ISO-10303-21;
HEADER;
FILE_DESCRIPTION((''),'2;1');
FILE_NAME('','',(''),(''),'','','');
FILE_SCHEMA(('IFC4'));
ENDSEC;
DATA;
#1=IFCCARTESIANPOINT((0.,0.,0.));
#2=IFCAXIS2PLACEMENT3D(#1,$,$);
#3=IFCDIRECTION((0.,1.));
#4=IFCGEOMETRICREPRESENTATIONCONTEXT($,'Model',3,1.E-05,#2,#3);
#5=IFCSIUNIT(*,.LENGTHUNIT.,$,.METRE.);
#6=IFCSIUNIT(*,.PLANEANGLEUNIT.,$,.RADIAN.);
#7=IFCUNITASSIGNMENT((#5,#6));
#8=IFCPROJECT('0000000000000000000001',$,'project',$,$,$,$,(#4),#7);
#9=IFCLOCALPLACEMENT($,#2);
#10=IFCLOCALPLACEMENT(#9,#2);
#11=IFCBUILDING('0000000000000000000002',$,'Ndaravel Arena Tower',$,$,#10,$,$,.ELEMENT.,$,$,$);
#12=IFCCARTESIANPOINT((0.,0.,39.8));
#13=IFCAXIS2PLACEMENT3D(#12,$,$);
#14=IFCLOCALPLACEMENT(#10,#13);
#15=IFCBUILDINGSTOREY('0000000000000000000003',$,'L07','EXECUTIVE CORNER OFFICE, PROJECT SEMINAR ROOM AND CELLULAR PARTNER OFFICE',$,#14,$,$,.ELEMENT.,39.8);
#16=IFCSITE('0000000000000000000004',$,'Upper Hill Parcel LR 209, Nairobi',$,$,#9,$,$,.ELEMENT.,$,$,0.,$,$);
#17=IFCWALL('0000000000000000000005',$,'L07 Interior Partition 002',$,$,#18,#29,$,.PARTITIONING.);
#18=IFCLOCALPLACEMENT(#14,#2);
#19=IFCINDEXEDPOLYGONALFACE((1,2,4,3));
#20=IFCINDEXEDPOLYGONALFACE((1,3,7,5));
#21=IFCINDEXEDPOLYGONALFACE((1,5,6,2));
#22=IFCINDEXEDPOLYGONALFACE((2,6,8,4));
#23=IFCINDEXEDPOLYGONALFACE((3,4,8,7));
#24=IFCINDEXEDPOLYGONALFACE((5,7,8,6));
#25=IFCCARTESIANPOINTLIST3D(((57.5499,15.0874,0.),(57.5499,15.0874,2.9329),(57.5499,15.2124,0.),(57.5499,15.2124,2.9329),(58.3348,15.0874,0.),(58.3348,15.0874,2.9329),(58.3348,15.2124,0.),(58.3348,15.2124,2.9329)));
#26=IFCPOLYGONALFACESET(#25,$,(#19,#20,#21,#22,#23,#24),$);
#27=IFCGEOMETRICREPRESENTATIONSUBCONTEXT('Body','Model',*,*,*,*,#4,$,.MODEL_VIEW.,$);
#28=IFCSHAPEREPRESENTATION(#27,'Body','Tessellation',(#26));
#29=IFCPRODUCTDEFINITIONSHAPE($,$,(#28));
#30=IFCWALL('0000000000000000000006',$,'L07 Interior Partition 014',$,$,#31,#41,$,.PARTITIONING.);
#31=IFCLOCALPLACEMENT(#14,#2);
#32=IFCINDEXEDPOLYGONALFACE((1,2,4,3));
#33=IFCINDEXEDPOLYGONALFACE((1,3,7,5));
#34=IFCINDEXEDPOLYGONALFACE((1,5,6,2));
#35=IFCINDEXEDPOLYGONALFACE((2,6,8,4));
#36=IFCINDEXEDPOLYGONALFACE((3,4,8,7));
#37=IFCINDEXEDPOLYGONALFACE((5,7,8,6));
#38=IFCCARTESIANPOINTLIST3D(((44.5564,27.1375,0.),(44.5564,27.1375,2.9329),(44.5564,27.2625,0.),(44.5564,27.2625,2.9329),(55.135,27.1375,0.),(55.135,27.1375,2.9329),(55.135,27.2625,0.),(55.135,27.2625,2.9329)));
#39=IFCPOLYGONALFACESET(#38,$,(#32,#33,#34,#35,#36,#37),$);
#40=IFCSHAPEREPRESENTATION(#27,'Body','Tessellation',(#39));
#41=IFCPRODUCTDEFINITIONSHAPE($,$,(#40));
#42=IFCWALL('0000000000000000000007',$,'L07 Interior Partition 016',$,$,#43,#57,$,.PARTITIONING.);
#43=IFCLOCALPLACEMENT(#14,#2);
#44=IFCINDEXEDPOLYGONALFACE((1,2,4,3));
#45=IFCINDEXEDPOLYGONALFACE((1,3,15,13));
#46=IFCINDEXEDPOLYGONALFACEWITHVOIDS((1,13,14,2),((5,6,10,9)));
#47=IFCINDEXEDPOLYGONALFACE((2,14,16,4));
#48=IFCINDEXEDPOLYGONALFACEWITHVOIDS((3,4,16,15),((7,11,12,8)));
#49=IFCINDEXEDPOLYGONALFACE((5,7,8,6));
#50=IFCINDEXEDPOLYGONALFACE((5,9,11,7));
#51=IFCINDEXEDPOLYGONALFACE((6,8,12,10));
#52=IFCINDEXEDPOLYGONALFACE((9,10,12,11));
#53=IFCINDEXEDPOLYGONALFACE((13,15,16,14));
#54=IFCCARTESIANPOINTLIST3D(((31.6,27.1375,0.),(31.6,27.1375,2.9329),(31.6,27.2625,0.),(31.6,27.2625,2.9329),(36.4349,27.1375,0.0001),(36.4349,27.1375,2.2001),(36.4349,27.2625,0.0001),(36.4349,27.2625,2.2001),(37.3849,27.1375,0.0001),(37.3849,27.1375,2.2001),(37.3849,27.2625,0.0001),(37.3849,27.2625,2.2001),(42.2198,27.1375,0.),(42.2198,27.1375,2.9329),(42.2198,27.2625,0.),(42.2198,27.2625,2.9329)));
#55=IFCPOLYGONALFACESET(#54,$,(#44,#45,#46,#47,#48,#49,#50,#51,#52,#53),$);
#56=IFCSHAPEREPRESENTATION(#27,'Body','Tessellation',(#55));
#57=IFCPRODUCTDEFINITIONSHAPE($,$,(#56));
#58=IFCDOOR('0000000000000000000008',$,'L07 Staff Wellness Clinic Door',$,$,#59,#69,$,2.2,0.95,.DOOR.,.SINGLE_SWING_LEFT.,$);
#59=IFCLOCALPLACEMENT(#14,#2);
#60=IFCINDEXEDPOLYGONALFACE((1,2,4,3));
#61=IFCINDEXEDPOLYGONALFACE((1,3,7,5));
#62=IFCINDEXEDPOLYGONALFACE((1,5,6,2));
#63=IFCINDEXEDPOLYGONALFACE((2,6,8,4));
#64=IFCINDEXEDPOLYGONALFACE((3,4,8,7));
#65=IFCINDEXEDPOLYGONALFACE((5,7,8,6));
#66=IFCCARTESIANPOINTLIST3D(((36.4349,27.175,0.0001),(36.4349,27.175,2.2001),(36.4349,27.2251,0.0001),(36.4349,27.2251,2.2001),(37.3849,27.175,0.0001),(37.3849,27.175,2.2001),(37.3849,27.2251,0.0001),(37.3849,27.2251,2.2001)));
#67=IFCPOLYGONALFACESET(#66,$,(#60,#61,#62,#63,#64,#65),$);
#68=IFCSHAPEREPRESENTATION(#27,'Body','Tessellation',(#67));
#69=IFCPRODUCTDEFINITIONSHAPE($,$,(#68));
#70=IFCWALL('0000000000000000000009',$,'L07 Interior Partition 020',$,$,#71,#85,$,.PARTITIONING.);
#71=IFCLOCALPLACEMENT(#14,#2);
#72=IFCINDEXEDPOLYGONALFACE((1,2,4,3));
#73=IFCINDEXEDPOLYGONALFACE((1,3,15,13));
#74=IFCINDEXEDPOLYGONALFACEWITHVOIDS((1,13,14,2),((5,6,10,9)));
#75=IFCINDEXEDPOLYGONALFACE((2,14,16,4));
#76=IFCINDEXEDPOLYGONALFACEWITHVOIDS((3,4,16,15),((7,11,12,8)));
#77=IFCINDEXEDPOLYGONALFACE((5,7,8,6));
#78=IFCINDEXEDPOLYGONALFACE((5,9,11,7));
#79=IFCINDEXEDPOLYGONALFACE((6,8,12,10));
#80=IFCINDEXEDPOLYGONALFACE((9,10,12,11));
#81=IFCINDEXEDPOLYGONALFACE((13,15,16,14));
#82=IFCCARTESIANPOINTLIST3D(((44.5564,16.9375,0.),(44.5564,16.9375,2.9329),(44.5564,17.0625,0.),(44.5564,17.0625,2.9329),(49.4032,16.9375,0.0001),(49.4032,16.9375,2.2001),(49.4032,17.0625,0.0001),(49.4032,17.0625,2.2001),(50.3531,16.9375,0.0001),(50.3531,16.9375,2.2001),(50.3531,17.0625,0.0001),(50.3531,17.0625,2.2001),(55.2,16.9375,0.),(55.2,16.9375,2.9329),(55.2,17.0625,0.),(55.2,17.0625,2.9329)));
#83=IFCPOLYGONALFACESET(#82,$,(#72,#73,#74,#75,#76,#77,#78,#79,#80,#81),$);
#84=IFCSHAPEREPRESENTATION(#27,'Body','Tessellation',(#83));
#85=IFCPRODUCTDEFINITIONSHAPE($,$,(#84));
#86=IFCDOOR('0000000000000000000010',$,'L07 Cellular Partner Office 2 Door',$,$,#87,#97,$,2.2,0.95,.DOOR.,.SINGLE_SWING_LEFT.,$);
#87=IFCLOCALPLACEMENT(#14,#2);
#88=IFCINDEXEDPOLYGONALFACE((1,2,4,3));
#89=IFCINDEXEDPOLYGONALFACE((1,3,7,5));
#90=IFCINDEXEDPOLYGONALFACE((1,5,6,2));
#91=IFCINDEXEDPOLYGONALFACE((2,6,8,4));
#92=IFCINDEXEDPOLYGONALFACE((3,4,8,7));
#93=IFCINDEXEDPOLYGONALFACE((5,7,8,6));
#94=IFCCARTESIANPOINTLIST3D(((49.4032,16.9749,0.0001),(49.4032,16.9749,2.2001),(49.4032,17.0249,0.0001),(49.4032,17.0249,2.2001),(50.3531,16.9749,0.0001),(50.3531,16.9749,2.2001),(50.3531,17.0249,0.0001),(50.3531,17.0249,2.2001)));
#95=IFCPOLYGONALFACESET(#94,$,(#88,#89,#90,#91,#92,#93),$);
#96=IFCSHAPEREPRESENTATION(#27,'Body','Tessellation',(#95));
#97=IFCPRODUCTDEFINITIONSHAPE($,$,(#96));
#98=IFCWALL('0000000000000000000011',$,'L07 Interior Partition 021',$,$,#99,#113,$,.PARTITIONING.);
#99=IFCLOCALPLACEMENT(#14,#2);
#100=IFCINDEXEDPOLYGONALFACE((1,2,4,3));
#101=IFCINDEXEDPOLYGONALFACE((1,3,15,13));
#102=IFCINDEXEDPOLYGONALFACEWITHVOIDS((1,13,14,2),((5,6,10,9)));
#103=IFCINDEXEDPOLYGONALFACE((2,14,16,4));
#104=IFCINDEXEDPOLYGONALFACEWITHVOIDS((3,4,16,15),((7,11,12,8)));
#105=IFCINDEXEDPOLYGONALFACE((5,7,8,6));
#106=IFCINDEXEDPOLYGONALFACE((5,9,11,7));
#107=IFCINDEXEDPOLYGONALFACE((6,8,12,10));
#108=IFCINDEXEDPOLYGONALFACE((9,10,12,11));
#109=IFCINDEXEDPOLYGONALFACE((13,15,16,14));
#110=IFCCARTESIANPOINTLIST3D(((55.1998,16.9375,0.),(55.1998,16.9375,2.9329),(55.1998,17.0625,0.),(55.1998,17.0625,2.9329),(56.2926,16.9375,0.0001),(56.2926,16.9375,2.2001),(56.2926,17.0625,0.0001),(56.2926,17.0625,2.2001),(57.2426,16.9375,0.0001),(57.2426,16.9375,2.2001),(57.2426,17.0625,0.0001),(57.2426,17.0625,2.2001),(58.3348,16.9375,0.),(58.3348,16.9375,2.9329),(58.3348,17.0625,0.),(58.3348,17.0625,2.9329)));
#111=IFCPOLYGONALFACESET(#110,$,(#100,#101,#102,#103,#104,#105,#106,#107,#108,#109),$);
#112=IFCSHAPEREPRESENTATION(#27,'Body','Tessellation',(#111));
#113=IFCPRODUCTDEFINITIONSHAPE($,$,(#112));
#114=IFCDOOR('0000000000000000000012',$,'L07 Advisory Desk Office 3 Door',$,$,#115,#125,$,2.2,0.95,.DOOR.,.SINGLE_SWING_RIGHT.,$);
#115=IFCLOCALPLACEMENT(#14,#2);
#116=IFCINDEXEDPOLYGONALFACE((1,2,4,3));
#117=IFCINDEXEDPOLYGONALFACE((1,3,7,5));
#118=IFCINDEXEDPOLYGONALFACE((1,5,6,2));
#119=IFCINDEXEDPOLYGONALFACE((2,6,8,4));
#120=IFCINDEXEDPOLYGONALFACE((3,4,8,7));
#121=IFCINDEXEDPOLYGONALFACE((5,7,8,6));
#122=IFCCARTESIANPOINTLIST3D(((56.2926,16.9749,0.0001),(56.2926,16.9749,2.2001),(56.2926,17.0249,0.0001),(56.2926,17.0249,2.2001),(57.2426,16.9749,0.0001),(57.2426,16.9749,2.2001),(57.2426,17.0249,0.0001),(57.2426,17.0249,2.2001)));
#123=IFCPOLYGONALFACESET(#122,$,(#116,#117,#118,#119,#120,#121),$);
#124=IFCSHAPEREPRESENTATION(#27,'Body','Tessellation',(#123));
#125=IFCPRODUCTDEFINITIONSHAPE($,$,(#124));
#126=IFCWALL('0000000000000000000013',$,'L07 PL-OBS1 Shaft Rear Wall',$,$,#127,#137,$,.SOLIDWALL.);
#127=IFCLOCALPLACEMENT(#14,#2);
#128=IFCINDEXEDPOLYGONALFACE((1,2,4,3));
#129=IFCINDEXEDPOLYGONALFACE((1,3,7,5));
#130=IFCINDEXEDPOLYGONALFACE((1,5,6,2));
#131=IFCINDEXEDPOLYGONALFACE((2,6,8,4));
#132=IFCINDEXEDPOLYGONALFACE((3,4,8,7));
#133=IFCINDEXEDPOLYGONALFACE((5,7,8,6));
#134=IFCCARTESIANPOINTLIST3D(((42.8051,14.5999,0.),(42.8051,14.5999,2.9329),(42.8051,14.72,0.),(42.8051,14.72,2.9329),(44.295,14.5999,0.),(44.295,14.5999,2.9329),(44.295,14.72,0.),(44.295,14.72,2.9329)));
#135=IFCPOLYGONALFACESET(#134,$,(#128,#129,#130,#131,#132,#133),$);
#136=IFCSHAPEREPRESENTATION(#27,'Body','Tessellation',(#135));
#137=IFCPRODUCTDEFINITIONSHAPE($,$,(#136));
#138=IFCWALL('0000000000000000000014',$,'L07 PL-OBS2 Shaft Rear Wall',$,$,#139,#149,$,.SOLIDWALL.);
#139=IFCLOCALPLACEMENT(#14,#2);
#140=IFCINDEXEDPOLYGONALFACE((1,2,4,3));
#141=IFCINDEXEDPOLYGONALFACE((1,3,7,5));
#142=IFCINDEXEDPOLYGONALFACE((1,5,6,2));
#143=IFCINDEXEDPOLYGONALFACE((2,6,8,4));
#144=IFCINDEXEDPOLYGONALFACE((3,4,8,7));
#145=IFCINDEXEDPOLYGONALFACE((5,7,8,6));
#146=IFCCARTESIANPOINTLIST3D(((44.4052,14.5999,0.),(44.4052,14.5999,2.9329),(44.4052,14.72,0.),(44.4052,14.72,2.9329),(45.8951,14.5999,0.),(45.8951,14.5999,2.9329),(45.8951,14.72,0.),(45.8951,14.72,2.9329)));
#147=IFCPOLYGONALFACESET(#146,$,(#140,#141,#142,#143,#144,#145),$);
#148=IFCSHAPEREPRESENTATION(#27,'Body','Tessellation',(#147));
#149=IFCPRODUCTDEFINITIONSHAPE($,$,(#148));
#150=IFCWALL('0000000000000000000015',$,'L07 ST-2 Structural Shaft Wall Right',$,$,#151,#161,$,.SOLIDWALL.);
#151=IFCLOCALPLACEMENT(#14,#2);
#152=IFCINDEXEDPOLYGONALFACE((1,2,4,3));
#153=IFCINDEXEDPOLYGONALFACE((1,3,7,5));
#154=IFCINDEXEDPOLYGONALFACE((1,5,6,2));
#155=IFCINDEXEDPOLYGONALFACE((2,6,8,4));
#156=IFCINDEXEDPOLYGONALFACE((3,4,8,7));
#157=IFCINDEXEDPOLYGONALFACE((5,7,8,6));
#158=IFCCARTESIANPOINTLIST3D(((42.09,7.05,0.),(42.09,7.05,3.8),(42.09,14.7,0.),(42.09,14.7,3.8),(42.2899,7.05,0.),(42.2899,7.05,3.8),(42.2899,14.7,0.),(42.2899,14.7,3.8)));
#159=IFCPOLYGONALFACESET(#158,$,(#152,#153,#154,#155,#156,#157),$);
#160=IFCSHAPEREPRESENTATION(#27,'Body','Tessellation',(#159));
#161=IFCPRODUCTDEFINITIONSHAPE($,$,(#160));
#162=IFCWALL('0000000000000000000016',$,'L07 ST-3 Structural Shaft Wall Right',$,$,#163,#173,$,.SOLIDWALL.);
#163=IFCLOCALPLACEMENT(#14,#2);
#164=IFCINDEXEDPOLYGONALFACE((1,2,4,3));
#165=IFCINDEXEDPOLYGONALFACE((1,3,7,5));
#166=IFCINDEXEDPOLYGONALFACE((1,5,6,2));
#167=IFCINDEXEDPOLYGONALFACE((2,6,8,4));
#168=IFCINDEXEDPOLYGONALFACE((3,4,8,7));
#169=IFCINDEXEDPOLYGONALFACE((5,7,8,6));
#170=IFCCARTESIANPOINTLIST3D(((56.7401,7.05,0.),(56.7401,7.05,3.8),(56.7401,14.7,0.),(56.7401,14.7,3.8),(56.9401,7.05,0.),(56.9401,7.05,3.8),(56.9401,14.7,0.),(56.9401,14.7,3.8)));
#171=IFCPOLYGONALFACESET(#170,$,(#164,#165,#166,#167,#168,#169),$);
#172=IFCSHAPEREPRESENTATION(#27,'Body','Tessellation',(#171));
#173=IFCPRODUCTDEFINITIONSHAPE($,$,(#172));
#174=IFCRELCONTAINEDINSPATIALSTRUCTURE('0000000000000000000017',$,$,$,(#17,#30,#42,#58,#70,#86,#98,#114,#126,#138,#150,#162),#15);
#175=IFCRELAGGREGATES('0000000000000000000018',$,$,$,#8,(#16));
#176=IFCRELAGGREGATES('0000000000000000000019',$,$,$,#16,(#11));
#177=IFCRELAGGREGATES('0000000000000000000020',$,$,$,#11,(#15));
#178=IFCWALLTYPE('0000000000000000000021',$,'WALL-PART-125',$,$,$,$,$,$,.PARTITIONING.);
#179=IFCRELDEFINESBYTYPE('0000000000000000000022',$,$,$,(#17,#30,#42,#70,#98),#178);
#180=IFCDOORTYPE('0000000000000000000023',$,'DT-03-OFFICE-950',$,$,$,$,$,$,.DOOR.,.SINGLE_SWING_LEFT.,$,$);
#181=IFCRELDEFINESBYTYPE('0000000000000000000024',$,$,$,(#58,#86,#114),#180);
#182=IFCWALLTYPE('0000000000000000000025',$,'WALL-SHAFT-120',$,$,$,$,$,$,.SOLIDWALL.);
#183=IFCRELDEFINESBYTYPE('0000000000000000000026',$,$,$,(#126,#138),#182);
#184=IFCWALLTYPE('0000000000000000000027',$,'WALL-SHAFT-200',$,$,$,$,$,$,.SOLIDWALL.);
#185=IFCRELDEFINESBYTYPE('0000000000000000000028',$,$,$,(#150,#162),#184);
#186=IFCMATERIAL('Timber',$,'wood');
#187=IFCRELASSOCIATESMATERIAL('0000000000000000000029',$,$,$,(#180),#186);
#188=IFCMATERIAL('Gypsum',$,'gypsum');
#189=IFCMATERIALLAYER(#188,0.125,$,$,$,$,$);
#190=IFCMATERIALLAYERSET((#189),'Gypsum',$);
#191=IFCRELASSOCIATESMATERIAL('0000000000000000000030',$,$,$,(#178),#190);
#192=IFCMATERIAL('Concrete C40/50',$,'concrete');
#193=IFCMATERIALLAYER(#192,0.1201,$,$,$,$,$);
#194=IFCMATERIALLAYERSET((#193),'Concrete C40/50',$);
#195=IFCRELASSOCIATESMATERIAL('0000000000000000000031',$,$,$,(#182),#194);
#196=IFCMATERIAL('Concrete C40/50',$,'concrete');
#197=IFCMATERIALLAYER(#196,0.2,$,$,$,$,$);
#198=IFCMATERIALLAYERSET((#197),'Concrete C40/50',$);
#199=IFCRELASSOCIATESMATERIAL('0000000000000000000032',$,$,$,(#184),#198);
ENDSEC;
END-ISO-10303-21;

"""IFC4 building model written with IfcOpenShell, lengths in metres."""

from ifc_helpers import new_model, si_unit, direction, frame, frame_2d, origin, place, context, subcontext, project, spatial, rectangle, extrude, material, layer, layer_set, type_object, element, fill, save


model = new_model("IFC4")

# Units and contexts
model_context = context("Model", 3, precision=1e-05, world=origin(), true_north=direction((0.0, 1.0)))
body_context = subcontext(model_context, "Body", "Model", "MODEL_VIEW")
ifc_project = project(units=[si_unit("LENGTHUNIT", "METRE"), si_unit("PLANEANGLEUNIT", "RADIAN")], contexts=[model_context])

# Site, building, storey
site_placement = place(None, origin())
site = spatial("IfcSite", under=ifc_project, at=site_placement, Name="Upper Hill Parcel LR 209, Nairobi", CompositionType="ELEMENT", RefElevation=0.0)
building_placement = place(site_placement, origin())
building = spatial("IfcBuilding", under=site, at=building_placement, Name="Ndaravel Arena Tower", CompositionType="ELEMENT")
storey_placement = place(building_placement, frame((0.0, 0.0, 39.8)))
storey = spatial("IfcBuildingStorey", under=building, at=storey_placement, Name="L07", Description="EXECUTIVE CORNER OFFICE, PROJECT SEMINAR ROOM AND CELLULAR PARTNER OFFICE", CompositionType="ELEMENT", Elevation=39.8)

# Shared definitions
ifc_material_1 = material(Name="Timber", Category="wood")
door_type_1 = type_object("IfcDoorType", Name="DT-03-OFFICE-950", OperationType="SINGLE_SWING_LEFT", PredefinedType="DOOR", material=ifc_material_1)

# Walls
ifc_material_2 = material(Name="Gypsum", Category="gypsum")
ifc_layer_1 = layer(ifc_material_2, 0.125)
ifc_layer_set_1 = layer_set([ifc_layer_1], Name="Gypsum")
wall_type_1 = type_object("IfcWallType", Name="WALL-PART-125", PredefinedType="PARTITIONING", material=ifc_layer_set_1)
wall_1_placement = place(storey_placement, frame((58.335, 15.1499, 0.0), z_axis=(0.0, 0.0, 1.0), x_axis=(-1.0, 0.0, 0.0)))
element("IfcWall", 1, at=wall_1_placement, inside=storey, type_object=wall_type_1, Name="L07 Interior Partition 002", PredefinedType="PARTITIONING", context=body_context, shape_type="SweptSolid", body=[
    extrude(rectangle(XDim=0.7849, YDim=0.125, at=frame_2d((0.3926, 0.0))), origin(), (0.0, 0.0, 1.0), 2.9329),
])
wall_2_placement = place(storey_placement, frame((55.135, 27.2, 0.0), z_axis=(0.0, 0.0, 1.0), x_axis=(-1.0, 0.0, 0.0)))
element("IfcWall", 2, at=wall_2_placement, inside=storey, type_object=wall_type_1, Name="L07 Interior Partition 014", PredefinedType="PARTITIONING", context=body_context, shape_type="SweptSolid", body=[
    extrude(rectangle(XDim=10.5786, YDim=0.125, at=frame_2d((5.2893, 0.0))), origin(), (0.0, 0.0, 1.0), 2.9329),
])

# Walls, openings, doors
wall_3_placement = place(storey_placement, frame((42.22, 27.2, 0.0), z_axis=(0.0, 0.0, 1.0), x_axis=(-1.0, 0.0, 0.0)))
wall_3 = element("IfcWall", 3, at=wall_3_placement, inside=storey, type_object=wall_type_1, Name="L07 Interior Partition 016", PredefinedType="PARTITIONING", context=body_context, shape_type="SweptSolid", body=[
    extrude(rectangle(XDim=10.6199, YDim=0.125, at=frame_2d((5.3101, 0.0))), origin(), (0.0, 0.0, 1.0), 2.9329),
])
opening_1_placement = place(wall_3_placement, frame((4.835, 0.0, 0.0)))
opening_1 = element("IfcOpeningElement", 4, at=opening_1_placement, cuts=wall_3, PredefinedType="OPENING", context=body_context, shape_type="SweptSolid", body=[
    extrude(rectangle(XDim=0.95, YDim=2.2, at=frame_2d((0.4751, 1.1001))), frame((0.0, 0.0625, 0.0), z_axis=(0.0, -1.0, 0.0), x_axis=(1.0, 0.0, 0.0)), (0.0, 0.0, 1.0), 0.125),
])
door_1_placement = place(opening_1_placement, origin())
door_1 = element("IfcDoor", 5, at=door_1_placement, inside=storey, type_object=door_type_1, Name="L07 Staff Wellness Clinic Door", OperationType="SINGLE_SWING_LEFT", OverallHeight=2.2, OverallWidth=0.95, PredefinedType="DOOR", context=body_context, shape_type="SweptSolid", body=[
    extrude(rectangle(XDim=0.95, YDim=2.2, at=frame_2d((0.4751, 1.1001))), frame((0.0, 0.0249, 0.0), z_axis=(0.0, -1.0, 0.0), x_axis=(1.0, 0.0, 0.0)), (0.0, 0.0, 1.0), 0.05),
])
fill(opening_1, door_1)
wall_4_placement = place(storey_placement, frame((44.5564, 17.0, 0.0), z_axis=(0.0, 0.0, 1.0), x_axis=(1.0, 0.0, 0.0)))
wall_4 = element("IfcWall", 6, at=wall_4_placement, inside=storey, type_object=wall_type_1, Name="L07 Interior Partition 020", PredefinedType="PARTITIONING", context=body_context, shape_type="SweptSolid", body=[
    extrude(rectangle(XDim=10.6436, YDim=0.125, at=frame_2d((5.3218, 0.0))), origin(), (0.0, 0.0, 1.0), 2.9329),
])
opening_2_placement = place(wall_4_placement, frame((4.8467, 0.0, 0.0)))
opening_2 = element("IfcOpeningElement", 7, at=opening_2_placement, cuts=wall_4, PredefinedType="OPENING", context=body_context, shape_type="SweptSolid", body=[
    extrude(rectangle(XDim=0.95, YDim=2.2, at=frame_2d((0.4751, 1.1001))), frame((0.0, 0.0625, 0.0), z_axis=(0.0, -1.0, 0.0), x_axis=(1.0, 0.0, 0.0)), (0.0, 0.0, 1.0), 0.125),
])
door_2_placement = place(opening_2_placement, origin())
door_2 = element("IfcDoor", 8, at=door_2_placement, inside=storey, type_object=door_type_1, Name="L07 Cellular Partner Office 2 Door", OperationType="SINGLE_SWING_LEFT", OverallHeight=2.2, OverallWidth=0.95, PredefinedType="DOOR", context=body_context, shape_type="SweptSolid", body=[
    extrude(rectangle(XDim=0.95, YDim=2.2, at=frame_2d((0.4751, 1.1001))), frame((0.0, 0.0249, 0.0), z_axis=(0.0, -1.0, 0.0), x_axis=(1.0, 0.0, 0.0)), (0.0, 0.0, 1.0), 0.05),
])
fill(opening_2, door_2)
wall_5_placement = place(storey_placement, frame((55.2, 17.0, 0.0), z_axis=(0.0, 0.0, 1.0), x_axis=(1.0, 0.0, 0.0)))
wall_5 = element("IfcWall", 9, at=wall_5_placement, inside=storey, type_object=wall_type_1, Name="L07 Interior Partition 021", PredefinedType="PARTITIONING", context=body_context, shape_type="SweptSolid", body=[
    extrude(rectangle(XDim=3.135, YDim=0.125, at=frame_2d((1.5674, 0.0))), origin(), (0.0, 0.0, 1.0), 2.9329),
])
opening_3_placement = place(wall_5_placement, frame((1.0925, 0.0, 0.0)))
opening_3 = element("IfcOpeningElement", 10, at=opening_3_placement, cuts=wall_5, PredefinedType="OPENING", context=body_context, shape_type="SweptSolid", body=[
    extrude(rectangle(XDim=0.95, YDim=2.2, at=frame_2d((0.4751, 1.1001))), frame((0.0, 0.0625, 0.0), z_axis=(0.0, -1.0, 0.0), x_axis=(1.0, 0.0, 0.0)), (0.0, 0.0, 1.0), 0.125),
])
door_3_placement = place(opening_3_placement, origin())
door_3 = element("IfcDoor", 11, at=door_3_placement, inside=storey, type_object=door_type_1, Name="L07 Advisory Desk Office 3 Door", OperationType="SINGLE_SWING_RIGHT", OverallHeight=2.2, OverallWidth=0.95, PredefinedType="DOOR", context=body_context, shape_type="SweptSolid", body=[
    extrude(rectangle(XDim=0.95, YDim=2.2, at=frame_2d((0.4751, 1.1001))), frame((0.0, 0.0249, 0.0), z_axis=(0.0, -1.0, 0.0), x_axis=(1.0, 0.0, 0.0)), (0.0, 0.0, 1.0), 0.05),
])
fill(opening_3, door_3)

# Walls
ifc_material_3 = material(Name="Concrete C40/50", Category="concrete")
ifc_layer_2 = layer(ifc_material_3, 0.1201)
ifc_layer_set_2 = layer_set([ifc_layer_2], Name="Concrete C40/50")
wall_type_2 = type_object("IfcWallType", Name="WALL-SHAFT-120", PredefinedType="SOLIDWALL", material=ifc_layer_set_2)
for number, where, z_axis, x_axis, name in (
    (12, (42.8049, 14.6599, 0.0), (0.0, 0.0, 1.0), (1.0, 0.0, 0.0), "L07 PL-OBS1 Shaft Rear Wall"),
    (13, (44.405, 14.6599, 0.0), (0.0, 0.0, 1.0), (1.0, 0.0, 0.0), "L07 PL-OBS2 Shaft Rear Wall"),
):
    element("IfcWall", number, at=place(storey_placement, frame(where, z_axis=z_axis, x_axis=x_axis)), inside=storey, type_object=wall_type_2, Name=name, PredefinedType="SOLIDWALL", context=body_context, shape_type="SweptSolid", body=[
        extrude(rectangle(XDim=1.49, YDim=0.1201, at=frame_2d((0.7451, 0.0))), origin(), (0.0, 0.0, 1.0), 2.9329),
    ])
ifc_material_4 = material(Name="Concrete C40/50", Category="concrete")
ifc_layer_3 = layer(ifc_material_4, 0.2)
ifc_layer_set_3 = layer_set([ifc_layer_3], Name="Concrete C40/50")
wall_type_3 = type_object("IfcWallType", Name="WALL-SHAFT-200", PredefinedType="SOLIDWALL", material=ifc_layer_set_3)
for number, where, z_axis, x_axis, name in (
    (14, (42.1899, 14.7, 0.0), (0.0, 0.0, 1.0), (0.0, -1.0, 0.0), "L07 ST-2 Structural Shaft Wall Right"),
    (15, (56.8401, 14.7, 0.0), (0.0, 0.0, 1.0), (0.0, -1.0, 0.0), "L07 ST-3 Structural Shaft Wall Right"),
):
    element("IfcWall", number, at=place(storey_placement, frame(where, z_axis=z_axis, x_axis=x_axis)), inside=storey, type_object=wall_type_3, Name=name, PredefinedType="SOLIDWALL", context=body_context, shape_type="SweptSolid", body=[
        extrude(rectangle(XDim=7.6499, YDim=0.2, at=frame_2d((3.825, 0.0))), origin(), (0.0, 0.0, 1.0), 3.8),
    ])

save(model, "model.ifc")
